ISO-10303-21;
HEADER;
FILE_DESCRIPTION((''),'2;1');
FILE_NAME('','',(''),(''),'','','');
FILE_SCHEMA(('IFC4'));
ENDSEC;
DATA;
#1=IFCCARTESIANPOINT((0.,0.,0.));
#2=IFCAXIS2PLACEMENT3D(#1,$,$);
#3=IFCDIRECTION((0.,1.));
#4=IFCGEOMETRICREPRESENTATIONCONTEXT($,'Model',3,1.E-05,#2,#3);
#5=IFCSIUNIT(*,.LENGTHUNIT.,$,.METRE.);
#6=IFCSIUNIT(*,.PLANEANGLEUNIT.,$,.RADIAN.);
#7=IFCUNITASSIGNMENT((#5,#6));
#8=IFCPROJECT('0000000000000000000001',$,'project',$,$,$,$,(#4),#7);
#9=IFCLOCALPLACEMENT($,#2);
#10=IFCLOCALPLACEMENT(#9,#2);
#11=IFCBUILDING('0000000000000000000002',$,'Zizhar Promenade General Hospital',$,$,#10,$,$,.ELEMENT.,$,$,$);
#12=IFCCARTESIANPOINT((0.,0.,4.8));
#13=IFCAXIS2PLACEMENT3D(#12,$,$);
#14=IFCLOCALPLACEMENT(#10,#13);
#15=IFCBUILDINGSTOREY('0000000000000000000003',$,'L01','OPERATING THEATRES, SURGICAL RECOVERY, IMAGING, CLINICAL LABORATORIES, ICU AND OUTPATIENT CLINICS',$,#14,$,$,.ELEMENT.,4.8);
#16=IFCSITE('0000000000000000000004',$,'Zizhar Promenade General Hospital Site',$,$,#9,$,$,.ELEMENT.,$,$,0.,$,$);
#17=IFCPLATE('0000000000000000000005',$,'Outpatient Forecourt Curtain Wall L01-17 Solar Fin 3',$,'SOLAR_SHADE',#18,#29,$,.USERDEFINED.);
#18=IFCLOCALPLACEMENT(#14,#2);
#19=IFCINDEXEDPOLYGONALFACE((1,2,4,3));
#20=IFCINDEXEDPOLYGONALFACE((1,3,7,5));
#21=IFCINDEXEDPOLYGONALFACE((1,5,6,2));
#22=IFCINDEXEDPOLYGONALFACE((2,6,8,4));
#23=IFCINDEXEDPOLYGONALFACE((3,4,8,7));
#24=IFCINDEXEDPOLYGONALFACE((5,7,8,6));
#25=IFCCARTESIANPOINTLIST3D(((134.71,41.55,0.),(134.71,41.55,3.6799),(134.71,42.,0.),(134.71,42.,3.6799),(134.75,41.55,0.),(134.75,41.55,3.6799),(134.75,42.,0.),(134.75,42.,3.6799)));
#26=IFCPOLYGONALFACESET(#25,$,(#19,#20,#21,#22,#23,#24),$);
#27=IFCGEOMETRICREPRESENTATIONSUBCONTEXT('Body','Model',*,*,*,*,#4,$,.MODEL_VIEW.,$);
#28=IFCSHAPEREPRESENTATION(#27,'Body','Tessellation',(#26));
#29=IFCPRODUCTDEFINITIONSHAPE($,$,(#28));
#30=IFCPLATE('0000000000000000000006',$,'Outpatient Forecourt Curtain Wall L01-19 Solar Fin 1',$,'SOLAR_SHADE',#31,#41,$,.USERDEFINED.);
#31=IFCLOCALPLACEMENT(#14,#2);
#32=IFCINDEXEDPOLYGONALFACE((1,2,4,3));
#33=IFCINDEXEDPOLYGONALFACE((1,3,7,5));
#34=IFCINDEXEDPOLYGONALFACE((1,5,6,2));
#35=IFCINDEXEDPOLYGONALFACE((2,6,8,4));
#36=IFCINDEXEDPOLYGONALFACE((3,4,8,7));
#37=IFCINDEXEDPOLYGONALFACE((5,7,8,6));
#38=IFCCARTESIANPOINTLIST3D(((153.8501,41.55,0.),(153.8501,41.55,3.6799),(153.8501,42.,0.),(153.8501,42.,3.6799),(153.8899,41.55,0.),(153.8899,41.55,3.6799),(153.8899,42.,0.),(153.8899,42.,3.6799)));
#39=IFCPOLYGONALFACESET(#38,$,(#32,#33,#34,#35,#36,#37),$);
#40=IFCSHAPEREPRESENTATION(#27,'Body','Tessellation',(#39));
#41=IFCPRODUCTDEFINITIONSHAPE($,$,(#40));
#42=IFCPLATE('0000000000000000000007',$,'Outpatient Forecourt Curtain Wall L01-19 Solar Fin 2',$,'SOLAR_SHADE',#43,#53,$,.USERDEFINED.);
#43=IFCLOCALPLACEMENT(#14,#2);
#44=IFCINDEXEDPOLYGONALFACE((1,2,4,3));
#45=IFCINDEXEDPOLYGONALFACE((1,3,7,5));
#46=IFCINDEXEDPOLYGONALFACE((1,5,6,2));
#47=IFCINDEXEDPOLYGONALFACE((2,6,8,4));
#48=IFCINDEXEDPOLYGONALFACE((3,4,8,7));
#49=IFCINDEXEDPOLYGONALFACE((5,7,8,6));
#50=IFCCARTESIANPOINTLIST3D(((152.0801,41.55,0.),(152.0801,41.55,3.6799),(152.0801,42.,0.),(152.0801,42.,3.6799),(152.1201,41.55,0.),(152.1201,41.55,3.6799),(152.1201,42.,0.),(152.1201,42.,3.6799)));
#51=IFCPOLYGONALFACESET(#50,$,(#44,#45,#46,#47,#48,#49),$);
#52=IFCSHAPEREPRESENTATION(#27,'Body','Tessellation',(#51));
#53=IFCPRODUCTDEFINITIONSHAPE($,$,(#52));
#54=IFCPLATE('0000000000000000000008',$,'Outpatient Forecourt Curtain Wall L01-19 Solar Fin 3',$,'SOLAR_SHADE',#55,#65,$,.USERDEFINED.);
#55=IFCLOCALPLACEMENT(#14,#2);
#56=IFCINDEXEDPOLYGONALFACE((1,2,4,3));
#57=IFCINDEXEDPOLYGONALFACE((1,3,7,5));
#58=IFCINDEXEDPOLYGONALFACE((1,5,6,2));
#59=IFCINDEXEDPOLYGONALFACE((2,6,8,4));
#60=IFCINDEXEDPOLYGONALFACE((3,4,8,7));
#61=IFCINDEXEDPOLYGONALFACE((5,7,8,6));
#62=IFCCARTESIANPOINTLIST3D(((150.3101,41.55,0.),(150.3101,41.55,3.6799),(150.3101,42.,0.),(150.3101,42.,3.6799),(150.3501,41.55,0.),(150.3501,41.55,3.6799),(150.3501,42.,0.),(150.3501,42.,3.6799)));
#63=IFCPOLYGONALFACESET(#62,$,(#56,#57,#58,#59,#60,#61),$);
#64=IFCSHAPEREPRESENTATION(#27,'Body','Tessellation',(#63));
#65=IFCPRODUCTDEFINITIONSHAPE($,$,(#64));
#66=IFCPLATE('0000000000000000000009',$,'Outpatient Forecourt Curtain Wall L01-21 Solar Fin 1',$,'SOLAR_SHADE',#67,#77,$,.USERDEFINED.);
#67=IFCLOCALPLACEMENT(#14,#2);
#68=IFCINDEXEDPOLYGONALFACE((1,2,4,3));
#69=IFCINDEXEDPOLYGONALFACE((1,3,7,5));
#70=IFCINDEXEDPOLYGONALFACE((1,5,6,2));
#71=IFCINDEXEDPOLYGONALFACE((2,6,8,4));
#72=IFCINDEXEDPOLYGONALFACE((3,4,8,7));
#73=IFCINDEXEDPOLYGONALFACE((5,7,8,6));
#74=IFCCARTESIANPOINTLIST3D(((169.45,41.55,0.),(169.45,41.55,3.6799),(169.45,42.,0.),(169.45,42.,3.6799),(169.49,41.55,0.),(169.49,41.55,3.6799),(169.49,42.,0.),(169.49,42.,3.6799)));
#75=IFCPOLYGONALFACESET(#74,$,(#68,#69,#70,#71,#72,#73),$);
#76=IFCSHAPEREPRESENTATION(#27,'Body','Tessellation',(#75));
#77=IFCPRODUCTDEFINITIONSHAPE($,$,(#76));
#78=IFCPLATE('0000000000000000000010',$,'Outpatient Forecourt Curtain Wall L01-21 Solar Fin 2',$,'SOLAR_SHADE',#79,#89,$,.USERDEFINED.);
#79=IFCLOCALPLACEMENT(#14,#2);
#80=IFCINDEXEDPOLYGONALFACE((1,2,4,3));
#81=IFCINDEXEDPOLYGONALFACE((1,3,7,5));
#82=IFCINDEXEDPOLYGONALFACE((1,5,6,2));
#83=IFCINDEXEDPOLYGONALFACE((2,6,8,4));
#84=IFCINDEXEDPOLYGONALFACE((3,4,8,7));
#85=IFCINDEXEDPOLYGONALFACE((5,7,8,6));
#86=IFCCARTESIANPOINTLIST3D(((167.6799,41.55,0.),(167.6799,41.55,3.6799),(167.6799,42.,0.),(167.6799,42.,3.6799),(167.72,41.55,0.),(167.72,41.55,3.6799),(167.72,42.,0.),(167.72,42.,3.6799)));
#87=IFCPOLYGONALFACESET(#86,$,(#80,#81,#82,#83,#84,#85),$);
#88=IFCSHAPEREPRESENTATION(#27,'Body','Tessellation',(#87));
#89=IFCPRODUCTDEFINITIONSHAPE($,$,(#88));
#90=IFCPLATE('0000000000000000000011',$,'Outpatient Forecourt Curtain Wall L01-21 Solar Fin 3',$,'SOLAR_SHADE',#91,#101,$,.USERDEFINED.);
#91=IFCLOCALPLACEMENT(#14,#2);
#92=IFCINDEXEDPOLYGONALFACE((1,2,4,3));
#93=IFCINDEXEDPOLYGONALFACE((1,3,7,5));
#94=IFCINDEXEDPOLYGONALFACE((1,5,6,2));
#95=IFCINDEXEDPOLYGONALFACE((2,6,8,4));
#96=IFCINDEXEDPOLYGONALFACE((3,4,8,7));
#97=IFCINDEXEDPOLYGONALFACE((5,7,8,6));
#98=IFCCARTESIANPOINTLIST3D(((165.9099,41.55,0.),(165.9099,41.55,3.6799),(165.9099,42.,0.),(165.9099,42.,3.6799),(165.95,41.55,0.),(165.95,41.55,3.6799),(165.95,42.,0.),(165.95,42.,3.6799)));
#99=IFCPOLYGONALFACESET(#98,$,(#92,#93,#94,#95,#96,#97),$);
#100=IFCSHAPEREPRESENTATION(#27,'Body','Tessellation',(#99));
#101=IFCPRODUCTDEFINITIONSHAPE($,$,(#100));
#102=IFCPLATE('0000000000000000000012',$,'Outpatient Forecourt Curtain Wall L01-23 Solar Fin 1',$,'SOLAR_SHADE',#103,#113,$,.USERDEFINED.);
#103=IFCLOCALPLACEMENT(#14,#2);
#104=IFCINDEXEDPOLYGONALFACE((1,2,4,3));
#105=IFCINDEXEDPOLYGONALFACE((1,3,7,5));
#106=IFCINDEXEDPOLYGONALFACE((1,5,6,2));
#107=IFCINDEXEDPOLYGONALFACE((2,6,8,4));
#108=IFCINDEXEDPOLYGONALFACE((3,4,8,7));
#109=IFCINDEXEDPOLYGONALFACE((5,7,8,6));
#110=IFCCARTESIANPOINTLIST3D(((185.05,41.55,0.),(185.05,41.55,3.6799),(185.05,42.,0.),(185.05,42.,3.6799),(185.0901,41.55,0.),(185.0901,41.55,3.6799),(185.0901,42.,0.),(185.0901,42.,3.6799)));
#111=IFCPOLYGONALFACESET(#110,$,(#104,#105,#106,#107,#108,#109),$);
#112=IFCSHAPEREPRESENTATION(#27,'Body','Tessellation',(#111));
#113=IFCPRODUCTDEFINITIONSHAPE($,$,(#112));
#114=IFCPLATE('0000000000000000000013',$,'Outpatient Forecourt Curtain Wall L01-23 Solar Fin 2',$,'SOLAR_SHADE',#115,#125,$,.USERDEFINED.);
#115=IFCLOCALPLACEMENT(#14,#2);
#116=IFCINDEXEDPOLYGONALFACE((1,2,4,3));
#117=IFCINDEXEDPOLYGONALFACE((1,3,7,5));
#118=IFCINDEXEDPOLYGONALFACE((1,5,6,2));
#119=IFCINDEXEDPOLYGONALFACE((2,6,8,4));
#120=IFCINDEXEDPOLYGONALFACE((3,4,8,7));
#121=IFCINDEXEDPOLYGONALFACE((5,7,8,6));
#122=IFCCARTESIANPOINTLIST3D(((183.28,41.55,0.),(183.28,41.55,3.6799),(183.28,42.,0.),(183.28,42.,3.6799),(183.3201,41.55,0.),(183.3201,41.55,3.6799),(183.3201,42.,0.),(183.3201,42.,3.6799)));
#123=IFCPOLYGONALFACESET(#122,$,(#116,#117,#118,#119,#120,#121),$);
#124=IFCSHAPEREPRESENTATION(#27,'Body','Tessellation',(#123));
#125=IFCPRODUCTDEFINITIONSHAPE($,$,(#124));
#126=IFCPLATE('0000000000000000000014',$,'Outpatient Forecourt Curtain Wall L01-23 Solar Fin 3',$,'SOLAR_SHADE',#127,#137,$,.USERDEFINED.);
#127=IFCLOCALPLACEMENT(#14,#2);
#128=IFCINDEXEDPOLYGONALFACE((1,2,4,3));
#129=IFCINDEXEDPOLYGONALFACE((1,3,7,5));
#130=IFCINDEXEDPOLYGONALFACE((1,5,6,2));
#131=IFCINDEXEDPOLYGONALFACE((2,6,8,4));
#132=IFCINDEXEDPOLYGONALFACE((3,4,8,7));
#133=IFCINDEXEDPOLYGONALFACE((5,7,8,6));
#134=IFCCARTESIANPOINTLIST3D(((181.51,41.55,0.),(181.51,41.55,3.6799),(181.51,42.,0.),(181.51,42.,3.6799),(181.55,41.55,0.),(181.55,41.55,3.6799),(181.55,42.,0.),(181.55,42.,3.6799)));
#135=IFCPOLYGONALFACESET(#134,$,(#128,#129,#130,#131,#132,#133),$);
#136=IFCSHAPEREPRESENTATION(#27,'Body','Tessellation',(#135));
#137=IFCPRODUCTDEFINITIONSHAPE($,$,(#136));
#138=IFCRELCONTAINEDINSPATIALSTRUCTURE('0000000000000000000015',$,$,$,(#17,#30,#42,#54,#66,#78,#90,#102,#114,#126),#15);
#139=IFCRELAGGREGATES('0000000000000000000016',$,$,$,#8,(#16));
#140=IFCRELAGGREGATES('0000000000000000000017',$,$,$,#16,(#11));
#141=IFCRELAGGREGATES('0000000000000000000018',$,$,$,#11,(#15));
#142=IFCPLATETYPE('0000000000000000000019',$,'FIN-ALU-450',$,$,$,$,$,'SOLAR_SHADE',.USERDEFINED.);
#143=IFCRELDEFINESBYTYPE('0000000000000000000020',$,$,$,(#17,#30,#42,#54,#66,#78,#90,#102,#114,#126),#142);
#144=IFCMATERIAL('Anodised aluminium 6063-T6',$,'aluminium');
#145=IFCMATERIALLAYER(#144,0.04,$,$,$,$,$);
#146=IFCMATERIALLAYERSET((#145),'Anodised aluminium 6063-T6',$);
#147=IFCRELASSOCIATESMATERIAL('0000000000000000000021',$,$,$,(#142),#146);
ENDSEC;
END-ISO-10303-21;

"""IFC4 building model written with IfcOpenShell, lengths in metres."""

from ifc_helpers import new_model, si_unit, direction, frame, origin, place, context, subcontext, project, spatial, polyline, outline, extrude, material, layer, layer_set, type_object, element, save


model = new_model("IFC4")

# Units and contexts
model_context = context("Model", 3, precision=1e-05, world=origin(), true_north=direction((0.0, 1.0)))
body_context = subcontext(model_context, "Body", "Model", "MODEL_VIEW")
ifc_project = project(units=[si_unit("LENGTHUNIT", "METRE"), si_unit("PLANEANGLEUNIT", "RADIAN")], contexts=[model_context])

# Site, building, storey
site_placement = place(None, origin())
site = spatial("IfcSite", under=ifc_project, at=site_placement, Name="Zizhar Promenade General Hospital Site", CompositionType="ELEMENT", RefElevation=0.0)
building_placement = place(site_placement, origin())
building = spatial("IfcBuilding", under=site, at=building_placement, Name="Zizhar Promenade General Hospital", CompositionType="ELEMENT")
storey_placement = place(building_placement, frame((0.0, 0.0, 4.8)))
storey = spatial("IfcBuildingStorey", under=building, at=storey_placement, Name="L01", Description="OPERATING THEATRES, SURGICAL RECOVERY, IMAGING, CLINICAL LABORATORIES, ICU AND OUTPATIENT CLINICS", CompositionType="ELEMENT", Elevation=4.8)

# Plates
ifc_material_1 = material(Name="Anodised aluminium 6063-T6", Category="aluminium")
ifc_layer_1 = layer(ifc_material_1, 0.04)
ifc_layer_set_1 = layer_set([ifc_layer_1], Name="Anodised aluminium 6063-T6")
plate_type_1 = type_object("IfcPlateType", Name="FIN-ALU-450", ElementType="SOLAR_SHADE", PredefinedType="USERDEFINED", material=ifc_layer_set_1)
plate_1_placement = place(storey_placement, origin())
element("IfcPlate", 1, at=plate_1_placement, inside=storey, type_object=plate_type_1, Name="Outpatient Forecourt Curtain Wall L01-17 Solar Fin 3", ObjectType="SOLAR_SHADE", PredefinedType="USERDEFINED", context=body_context, shape_type="SweptSolid", body=[
    extrude(outline(polyline([(134.75, 42.0), (134.71, 42.0), (134.71, 41.55), (134.75, 41.55), (134.75, 42.0)])), origin(), (0.0, 0.0, 1.0), 3.6799),
])
plate_2_placement = place(storey_placement, origin())
element("IfcPlate", 2, at=plate_2_placement, inside=storey, type_object=plate_type_1, Name="Outpatient Forecourt Curtain Wall L01-19 Solar Fin 1", ObjectType="SOLAR_SHADE", PredefinedType="USERDEFINED", context=body_context, shape_type="SweptSolid", body=[
    extrude(outline(polyline([(153.8899, 42.0), (153.8501, 42.0), (153.8501, 41.55), (153.8899, 41.55), (153.8899, 42.0)])), origin(), (0.0, 0.0, 1.0), 3.6799),
])
plate_3_placement = place(storey_placement, origin())
element("IfcPlate", 3, at=plate_3_placement, inside=storey, type_object=plate_type_1, Name="Outpatient Forecourt Curtain Wall L01-19 Solar Fin 2", ObjectType="SOLAR_SHADE", PredefinedType="USERDEFINED", context=body_context, shape_type="SweptSolid", body=[
    extrude(outline(polyline([(152.1201, 42.0), (152.0801, 42.0), (152.0801, 41.55), (152.1201, 41.55), (152.1201, 42.0)])), origin(), (0.0, 0.0, 1.0), 3.6799),
])
plate_4_placement = place(storey_placement, origin())
element("IfcPlate", 4, at=plate_4_placement, inside=storey, type_object=plate_type_1, Name="Outpatient Forecourt Curtain Wall L01-19 Solar Fin 3", ObjectType="SOLAR_SHADE", PredefinedType="USERDEFINED", context=body_context, shape_type="SweptSolid", body=[
    extrude(outline(polyline([(150.3501, 42.0), (150.3101, 42.0), (150.3101, 41.55), (150.3501, 41.55), (150.3501, 42.0)])), origin(), (0.0, 0.0, 1.0), 3.6799),
])
plate_5_placement = place(storey_placement, origin())
element("IfcPlate", 5, at=plate_5_placement, inside=storey, type_object=plate_type_1, Name="Outpatient Forecourt Curtain Wall L01-21 Solar Fin 1", ObjectType="SOLAR_SHADE", PredefinedType="USERDEFINED", context=body_context, shape_type="SweptSolid", body=[
    extrude(outline(polyline([(169.49, 42.0), (169.45, 42.0), (169.45, 41.55), (169.49, 41.55), (169.49, 42.0)])), origin(), (0.0, 0.0, 1.0), 3.6799),
])
plate_6_placement = place(storey_placement, origin())
element("IfcPlate", 6, at=plate_6_placement, inside=storey, type_object=plate_type_1, Name="Outpatient Forecourt Curtain Wall L01-21 Solar Fin 2", ObjectType="SOLAR_SHADE", PredefinedType="USERDEFINED", context=body_context, shape_type="SweptSolid", body=[
    extrude(outline(polyline([(167.72, 42.0), (167.6799, 42.0), (167.6799, 41.55), (167.72, 41.55), (167.72, 42.0)])), origin(), (0.0, 0.0, 1.0), 3.6799),
])
plate_7_placement = place(storey_placement, origin())
element("IfcPlate", 7, at=plate_7_placement, inside=storey, type_object=plate_type_1, Name="Outpatient Forecourt Curtain Wall L01-21 Solar Fin 3", ObjectType="SOLAR_SHADE", PredefinedType="USERDEFINED", context=body_context, shape_type="SweptSolid", body=[
    extrude(outline(polyline([(165.95, 42.0), (165.9099, 42.0), (165.9099, 41.55), (165.95, 41.55), (165.95, 42.0)])), origin(), (0.0, 0.0, 1.0), 3.6799),
])
plate_8_placement = place(storey_placement, origin())
element("IfcPlate", 8, at=plate_8_placement, inside=storey, type_object=plate_type_1, Name="Outpatient Forecourt Curtain Wall L01-23 Solar Fin 1", ObjectType="SOLAR_SHADE", PredefinedType="USERDEFINED", context=body_context, shape_type="SweptSolid", body=[
    extrude(outline(polyline([(185.0901, 42.0), (185.05, 42.0), (185.05, 41.55), (185.0901, 41.55), (185.0901, 42.0)])), origin(), (0.0, 0.0, 1.0), 3.6799),
])
plate_9_placement = place(storey_placement, origin())
element("IfcPlate", 9, at=plate_9_placement, inside=storey, type_object=plate_type_1, Name="Outpatient Forecourt Curtain Wall L01-23 Solar Fin 2", ObjectType="SOLAR_SHADE", PredefinedType="USERDEFINED", context=body_context, shape_type="SweptSolid", body=[
    extrude(outline(polyline([(183.3201, 42.0), (183.28, 42.0), (183.28, 41.55), (183.3201, 41.55), (183.3201, 42.0)])), origin(), (0.0, 0.0, 1.0), 3.6799),
])
plate_10_placement = place(storey_placement, origin())
element("IfcPlate", 10, at=plate_10_placement, inside=storey, type_object=plate_type_1, Name="Outpatient Forecourt Curtain Wall L01-23 Solar Fin 3", ObjectType="SOLAR_SHADE", PredefinedType="USERDEFINED", context=body_context, shape_type="SweptSolid", body=[
    extrude(outline(polyline([(181.55, 42.0), (181.51, 42.0), (181.51, 41.55), (181.55, 41.55), (181.55, 42.0)])), origin(), (0.0, 0.0, 1.0), 3.6799),
])

save(model, "model.ifc")
